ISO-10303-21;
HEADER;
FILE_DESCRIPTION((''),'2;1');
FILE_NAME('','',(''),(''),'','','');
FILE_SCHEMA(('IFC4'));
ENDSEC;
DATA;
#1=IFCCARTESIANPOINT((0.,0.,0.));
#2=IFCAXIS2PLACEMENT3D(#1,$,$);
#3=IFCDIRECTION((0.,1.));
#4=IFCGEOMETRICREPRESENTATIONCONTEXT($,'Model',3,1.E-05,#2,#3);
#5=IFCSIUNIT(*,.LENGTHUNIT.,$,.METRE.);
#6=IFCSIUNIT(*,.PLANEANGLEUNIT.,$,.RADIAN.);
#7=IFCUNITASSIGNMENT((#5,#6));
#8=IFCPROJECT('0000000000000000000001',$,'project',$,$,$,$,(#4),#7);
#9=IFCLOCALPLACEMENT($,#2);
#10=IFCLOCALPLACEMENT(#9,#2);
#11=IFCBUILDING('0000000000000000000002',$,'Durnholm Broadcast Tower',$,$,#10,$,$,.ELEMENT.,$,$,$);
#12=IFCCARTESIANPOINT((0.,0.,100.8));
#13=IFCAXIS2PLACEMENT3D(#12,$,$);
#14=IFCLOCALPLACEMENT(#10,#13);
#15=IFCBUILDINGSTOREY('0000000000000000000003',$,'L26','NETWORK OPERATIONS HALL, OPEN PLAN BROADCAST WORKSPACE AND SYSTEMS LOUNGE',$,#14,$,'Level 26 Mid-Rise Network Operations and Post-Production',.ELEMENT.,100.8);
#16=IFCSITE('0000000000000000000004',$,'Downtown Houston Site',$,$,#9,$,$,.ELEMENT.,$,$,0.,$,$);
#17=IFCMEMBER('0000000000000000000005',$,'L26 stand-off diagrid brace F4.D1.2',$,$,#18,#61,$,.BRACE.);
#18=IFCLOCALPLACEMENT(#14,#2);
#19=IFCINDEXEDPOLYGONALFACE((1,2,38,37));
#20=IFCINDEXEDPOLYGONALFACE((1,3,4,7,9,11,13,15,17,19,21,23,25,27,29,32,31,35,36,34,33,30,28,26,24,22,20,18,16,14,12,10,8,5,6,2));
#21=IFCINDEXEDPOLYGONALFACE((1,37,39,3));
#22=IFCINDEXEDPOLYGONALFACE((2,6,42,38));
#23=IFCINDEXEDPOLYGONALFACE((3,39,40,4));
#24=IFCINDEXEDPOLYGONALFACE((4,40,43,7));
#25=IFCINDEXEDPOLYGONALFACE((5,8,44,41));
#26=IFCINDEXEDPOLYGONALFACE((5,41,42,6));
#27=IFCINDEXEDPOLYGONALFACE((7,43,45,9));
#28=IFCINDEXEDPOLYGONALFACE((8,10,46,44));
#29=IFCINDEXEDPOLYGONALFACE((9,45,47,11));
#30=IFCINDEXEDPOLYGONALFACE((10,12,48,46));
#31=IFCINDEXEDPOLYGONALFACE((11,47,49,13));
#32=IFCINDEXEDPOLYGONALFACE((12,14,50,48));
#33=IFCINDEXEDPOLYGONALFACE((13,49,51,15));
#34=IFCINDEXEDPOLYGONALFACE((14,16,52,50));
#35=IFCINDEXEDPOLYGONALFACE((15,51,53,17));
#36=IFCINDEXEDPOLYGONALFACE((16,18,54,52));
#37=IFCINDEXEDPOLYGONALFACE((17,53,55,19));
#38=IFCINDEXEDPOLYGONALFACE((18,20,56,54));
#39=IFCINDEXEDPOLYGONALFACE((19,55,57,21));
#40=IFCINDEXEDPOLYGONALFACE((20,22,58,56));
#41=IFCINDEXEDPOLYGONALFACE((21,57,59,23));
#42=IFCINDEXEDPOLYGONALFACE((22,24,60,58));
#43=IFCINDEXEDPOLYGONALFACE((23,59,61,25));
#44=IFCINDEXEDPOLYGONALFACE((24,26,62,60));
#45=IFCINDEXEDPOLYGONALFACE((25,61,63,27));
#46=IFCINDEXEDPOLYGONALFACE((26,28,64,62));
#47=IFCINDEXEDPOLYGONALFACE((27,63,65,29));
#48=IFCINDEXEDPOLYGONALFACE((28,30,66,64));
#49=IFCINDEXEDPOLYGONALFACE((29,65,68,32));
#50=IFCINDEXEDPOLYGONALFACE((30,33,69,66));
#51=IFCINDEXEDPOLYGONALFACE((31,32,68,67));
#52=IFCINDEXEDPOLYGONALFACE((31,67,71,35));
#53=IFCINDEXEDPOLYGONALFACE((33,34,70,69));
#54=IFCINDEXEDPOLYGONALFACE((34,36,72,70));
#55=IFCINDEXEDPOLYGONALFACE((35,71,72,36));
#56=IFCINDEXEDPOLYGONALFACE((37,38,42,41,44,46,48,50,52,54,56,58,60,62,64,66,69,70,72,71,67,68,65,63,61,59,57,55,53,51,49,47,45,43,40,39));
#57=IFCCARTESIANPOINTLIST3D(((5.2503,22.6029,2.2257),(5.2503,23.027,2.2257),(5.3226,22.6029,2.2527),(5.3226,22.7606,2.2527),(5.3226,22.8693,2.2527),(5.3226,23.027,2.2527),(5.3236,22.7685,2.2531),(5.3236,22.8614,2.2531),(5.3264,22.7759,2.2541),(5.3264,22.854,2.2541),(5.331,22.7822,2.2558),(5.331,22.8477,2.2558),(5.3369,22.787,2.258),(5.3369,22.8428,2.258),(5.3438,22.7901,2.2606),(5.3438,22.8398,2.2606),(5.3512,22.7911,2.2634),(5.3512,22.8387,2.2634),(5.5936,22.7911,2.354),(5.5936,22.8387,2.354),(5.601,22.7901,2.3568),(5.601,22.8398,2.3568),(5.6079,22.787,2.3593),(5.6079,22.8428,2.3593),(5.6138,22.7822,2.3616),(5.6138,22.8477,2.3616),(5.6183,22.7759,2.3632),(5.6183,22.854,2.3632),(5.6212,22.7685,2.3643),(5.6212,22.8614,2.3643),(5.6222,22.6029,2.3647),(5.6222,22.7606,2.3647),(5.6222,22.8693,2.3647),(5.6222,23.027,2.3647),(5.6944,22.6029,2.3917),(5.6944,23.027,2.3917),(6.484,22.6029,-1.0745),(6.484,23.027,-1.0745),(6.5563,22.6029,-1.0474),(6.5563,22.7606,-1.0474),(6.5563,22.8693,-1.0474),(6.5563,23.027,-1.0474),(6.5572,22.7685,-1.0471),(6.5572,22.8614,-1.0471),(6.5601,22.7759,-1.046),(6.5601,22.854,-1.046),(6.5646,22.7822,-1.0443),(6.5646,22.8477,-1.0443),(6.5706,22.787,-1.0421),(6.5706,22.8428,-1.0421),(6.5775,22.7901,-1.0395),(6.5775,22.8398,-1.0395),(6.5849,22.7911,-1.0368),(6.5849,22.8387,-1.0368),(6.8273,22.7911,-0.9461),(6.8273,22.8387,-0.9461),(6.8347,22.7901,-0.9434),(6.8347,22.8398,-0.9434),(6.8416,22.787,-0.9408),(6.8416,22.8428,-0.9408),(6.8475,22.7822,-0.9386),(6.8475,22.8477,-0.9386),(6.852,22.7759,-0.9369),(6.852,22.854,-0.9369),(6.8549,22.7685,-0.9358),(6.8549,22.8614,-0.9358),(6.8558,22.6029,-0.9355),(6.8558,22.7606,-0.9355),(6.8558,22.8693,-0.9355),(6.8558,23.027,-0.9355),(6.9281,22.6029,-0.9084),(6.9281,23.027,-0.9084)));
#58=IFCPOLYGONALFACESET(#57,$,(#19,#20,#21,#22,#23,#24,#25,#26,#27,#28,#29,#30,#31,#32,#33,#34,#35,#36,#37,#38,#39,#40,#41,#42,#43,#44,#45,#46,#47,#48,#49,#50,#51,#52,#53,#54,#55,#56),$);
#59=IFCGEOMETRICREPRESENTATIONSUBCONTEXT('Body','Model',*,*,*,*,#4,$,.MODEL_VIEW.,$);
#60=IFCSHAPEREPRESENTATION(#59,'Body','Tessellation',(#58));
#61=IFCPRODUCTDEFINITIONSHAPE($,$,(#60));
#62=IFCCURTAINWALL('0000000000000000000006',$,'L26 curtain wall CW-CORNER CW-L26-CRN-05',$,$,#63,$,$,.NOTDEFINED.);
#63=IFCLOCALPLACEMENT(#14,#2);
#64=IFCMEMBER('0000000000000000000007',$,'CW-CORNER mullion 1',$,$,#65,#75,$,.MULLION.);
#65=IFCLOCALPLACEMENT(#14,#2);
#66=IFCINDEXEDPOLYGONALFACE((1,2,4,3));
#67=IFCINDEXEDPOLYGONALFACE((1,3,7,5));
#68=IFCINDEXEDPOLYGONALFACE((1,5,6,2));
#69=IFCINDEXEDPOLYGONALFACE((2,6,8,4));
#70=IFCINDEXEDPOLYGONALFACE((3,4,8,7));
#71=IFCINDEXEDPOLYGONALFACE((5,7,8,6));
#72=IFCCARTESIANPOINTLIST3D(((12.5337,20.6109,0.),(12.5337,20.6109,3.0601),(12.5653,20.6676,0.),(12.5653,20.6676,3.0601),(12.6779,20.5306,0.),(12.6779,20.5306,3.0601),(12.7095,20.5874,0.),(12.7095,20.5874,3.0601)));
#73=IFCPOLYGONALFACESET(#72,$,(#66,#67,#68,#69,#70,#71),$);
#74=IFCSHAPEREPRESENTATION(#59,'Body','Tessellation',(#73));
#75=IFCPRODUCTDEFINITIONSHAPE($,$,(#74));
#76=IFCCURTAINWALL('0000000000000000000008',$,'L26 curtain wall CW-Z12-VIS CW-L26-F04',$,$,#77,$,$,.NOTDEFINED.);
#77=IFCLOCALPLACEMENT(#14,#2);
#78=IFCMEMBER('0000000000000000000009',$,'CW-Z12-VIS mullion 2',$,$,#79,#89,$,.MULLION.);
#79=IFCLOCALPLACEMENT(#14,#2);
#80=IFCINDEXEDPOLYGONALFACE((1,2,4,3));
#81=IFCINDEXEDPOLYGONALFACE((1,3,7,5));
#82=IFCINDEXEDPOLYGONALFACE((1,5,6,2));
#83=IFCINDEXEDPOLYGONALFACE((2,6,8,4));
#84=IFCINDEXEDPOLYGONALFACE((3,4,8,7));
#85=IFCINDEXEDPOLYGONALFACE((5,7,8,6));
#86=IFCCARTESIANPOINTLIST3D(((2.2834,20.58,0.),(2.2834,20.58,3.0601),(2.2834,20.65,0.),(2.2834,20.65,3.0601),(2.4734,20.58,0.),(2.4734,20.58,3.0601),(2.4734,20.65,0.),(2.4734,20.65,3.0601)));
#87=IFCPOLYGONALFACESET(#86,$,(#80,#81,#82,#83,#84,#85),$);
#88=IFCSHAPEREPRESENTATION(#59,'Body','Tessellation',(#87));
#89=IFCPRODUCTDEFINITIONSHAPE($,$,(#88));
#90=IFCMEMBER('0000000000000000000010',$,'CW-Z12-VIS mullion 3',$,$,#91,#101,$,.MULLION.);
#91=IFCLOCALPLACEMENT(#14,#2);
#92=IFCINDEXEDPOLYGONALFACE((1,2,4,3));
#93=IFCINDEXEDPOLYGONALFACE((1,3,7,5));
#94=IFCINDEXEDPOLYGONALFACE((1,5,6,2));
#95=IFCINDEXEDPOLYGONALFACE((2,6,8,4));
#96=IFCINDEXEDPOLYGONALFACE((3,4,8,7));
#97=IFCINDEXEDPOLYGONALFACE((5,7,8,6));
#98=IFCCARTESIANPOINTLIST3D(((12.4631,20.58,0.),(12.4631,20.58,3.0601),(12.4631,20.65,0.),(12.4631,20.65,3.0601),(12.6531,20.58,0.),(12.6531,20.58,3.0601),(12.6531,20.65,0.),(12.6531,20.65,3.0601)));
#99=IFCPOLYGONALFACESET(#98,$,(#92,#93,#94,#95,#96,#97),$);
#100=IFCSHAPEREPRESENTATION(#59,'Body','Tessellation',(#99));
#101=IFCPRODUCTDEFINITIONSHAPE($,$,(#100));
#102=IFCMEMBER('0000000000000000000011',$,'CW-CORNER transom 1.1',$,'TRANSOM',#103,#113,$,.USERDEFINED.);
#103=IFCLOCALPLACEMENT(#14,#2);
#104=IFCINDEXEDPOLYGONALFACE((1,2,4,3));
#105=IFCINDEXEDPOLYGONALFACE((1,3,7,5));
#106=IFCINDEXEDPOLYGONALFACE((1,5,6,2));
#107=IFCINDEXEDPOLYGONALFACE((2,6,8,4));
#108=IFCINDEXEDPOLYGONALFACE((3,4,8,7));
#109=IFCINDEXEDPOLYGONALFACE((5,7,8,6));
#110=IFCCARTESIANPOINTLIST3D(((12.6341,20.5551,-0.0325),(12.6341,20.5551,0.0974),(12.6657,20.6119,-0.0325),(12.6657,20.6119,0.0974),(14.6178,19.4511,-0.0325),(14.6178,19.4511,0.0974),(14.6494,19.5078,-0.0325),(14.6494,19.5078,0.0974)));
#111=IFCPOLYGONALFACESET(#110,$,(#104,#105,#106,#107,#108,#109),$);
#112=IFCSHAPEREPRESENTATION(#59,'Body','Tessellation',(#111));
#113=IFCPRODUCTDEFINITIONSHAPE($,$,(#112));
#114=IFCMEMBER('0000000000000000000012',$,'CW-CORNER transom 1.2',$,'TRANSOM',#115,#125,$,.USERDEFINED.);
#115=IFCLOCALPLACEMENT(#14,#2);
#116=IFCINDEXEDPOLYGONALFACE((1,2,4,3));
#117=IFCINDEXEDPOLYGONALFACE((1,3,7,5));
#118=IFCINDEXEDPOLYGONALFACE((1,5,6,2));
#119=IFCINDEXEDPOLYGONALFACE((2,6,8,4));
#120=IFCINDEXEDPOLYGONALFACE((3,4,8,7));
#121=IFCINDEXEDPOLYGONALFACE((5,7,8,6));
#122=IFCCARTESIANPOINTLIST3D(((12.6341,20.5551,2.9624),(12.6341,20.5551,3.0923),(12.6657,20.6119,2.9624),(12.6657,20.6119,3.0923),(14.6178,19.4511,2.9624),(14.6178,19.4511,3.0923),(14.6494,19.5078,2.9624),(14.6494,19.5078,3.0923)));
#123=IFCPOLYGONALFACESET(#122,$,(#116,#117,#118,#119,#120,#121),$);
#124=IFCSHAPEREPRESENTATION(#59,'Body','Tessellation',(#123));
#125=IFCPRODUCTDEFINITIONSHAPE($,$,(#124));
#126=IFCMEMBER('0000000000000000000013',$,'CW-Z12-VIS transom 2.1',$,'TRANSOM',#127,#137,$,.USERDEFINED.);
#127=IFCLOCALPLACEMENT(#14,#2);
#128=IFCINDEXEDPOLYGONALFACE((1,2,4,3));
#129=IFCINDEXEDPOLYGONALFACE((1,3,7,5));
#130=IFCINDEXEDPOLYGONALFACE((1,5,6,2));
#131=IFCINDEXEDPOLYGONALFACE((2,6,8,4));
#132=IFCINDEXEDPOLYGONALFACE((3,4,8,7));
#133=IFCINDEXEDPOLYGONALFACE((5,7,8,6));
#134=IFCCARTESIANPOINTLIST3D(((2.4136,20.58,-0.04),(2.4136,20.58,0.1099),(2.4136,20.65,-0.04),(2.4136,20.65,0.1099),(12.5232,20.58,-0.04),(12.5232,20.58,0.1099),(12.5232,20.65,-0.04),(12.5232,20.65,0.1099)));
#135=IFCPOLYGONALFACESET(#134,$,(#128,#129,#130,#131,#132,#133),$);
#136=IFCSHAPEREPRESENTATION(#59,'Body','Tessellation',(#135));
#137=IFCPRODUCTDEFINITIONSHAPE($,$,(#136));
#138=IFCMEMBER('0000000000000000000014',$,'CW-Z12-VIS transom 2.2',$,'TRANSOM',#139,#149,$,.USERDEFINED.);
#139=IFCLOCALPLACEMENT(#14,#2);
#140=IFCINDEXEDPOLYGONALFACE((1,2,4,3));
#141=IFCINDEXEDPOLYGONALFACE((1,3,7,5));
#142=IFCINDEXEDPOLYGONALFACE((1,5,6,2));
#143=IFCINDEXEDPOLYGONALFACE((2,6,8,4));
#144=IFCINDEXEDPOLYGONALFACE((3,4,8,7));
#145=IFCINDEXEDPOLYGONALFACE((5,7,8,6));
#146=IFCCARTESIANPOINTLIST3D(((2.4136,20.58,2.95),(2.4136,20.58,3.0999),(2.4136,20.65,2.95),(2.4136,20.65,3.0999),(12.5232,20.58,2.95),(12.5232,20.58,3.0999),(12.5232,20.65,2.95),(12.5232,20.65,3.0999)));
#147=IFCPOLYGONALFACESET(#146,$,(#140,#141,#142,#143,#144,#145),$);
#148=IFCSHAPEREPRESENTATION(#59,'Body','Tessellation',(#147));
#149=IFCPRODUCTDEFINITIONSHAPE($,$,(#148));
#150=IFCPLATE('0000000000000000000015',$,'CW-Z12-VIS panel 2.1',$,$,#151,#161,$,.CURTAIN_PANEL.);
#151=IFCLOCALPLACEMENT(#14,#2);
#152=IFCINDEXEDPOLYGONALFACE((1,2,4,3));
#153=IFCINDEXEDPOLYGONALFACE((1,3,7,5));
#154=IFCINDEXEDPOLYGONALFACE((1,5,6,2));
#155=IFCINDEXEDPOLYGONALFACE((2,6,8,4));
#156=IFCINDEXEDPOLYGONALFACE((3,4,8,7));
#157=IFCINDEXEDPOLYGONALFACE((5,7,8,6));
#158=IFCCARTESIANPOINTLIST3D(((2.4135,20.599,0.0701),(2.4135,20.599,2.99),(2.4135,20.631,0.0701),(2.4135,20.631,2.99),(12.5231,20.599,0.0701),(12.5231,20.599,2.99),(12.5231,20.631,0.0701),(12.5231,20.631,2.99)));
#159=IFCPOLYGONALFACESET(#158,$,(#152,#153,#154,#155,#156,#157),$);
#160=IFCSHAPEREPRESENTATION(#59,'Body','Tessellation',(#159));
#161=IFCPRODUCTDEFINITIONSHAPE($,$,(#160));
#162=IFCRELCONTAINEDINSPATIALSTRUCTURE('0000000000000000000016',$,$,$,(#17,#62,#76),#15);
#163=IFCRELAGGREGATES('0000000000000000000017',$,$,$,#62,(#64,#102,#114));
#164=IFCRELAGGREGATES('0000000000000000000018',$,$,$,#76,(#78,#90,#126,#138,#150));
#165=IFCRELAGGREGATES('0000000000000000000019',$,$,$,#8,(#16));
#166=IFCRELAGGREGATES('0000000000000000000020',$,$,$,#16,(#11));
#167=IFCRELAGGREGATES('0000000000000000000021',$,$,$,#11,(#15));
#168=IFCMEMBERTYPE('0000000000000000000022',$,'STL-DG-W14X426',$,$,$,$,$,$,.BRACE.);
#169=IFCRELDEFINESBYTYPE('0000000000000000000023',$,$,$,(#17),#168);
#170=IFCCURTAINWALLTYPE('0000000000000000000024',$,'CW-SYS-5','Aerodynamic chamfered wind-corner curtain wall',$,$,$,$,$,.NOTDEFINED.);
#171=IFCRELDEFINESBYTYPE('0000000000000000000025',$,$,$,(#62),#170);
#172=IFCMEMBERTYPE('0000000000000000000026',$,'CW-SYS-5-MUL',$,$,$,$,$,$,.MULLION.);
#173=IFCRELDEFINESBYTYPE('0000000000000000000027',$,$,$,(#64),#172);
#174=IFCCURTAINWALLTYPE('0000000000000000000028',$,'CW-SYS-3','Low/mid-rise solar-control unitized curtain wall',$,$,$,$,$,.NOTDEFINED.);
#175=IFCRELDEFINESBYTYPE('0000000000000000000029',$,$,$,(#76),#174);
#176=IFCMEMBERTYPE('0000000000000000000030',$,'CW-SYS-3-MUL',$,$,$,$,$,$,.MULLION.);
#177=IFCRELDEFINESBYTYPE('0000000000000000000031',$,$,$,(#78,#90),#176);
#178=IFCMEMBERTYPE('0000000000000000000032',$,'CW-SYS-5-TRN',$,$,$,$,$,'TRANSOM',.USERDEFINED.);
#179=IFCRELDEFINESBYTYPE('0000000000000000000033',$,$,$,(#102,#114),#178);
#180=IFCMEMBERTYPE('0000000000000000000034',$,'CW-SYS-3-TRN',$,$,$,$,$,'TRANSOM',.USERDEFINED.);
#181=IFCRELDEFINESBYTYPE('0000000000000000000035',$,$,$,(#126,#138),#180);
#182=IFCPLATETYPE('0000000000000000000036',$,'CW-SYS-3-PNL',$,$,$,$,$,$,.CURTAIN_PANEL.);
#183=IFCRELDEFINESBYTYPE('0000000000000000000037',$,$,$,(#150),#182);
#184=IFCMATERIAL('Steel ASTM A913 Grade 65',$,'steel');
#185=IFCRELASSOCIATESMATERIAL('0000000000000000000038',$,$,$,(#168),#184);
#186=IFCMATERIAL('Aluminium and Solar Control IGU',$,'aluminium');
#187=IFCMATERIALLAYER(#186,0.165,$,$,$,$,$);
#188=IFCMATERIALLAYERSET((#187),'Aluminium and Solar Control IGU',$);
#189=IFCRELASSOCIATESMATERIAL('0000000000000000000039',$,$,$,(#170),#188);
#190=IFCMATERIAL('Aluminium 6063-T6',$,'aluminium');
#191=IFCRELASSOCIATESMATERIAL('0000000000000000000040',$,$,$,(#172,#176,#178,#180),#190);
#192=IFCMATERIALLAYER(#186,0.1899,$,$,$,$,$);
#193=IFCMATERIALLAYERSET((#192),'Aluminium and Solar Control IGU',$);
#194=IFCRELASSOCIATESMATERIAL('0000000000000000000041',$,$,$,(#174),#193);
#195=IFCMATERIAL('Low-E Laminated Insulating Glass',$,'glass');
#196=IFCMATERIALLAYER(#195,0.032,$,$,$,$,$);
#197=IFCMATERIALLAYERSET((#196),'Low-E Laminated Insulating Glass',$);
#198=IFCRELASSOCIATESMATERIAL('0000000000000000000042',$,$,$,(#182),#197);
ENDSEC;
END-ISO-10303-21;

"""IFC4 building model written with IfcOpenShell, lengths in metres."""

from ifc_helpers import new_model, si_unit, direction, frame, origin, origin_2d, place, context, subcontext, project, spatial, rectangle, i_section, extrude, source, transform, mapped, material, layer, layer_set, material_profile, profile_set, type_object, type_shapes, element, aggregate, save


model = new_model("IFC4")

# Units and contexts
model_context = context("Model", 3, precision=1e-05, world=origin(), true_north=direction((0.0, 1.0)))
body_context = subcontext(model_context, "Body", "Model", "MODEL_VIEW")
ifc_project = project(units=[si_unit("LENGTHUNIT", "METRE"), si_unit("PLANEANGLEUNIT", "RADIAN")], contexts=[model_context])

# Site, building, storey
site_placement = place(None, origin())
site = spatial("IfcSite", under=ifc_project, at=site_placement, Name="Downtown Houston Site", CompositionType="ELEMENT", RefElevation=0.0)
building_placement = place(site_placement, origin())
building = spatial("IfcBuilding", under=site, at=building_placement, Name="Durnholm Broadcast Tower", CompositionType="ELEMENT")
storey_placement = place(building_placement, frame((0.0, 0.0, 100.8)))
storey = spatial("IfcBuildingStorey", under=building, at=storey_placement, Name="L26", Description="NETWORK OPERATIONS HALL, OPEN PLAN BROADCAST WORKSPACE AND SYSTEMS LOUNGE", LongName="Level 26 Mid-Rise Network Operations and Post-Production", CompositionType="ELEMENT", Elevation=100.8)

# Member
ifc_material_1 = material(Name="Steel ASTM A913 Grade 65", Category="steel")
ifc_material_profile_1 = material_profile(ifc_material_1, i_section(OverallWidth=0.4241, OverallDepth=0.4741, WebThickness=0.0476, FlangeThickness=0.0771, FilletRadius=0.0305, at=origin_2d()), Name="W14X426")
ifc_profile_set_1 = profile_set([ifc_material_profile_1], Name="Steel ASTM A913 Grade 65")
member_type_1 = type_object("IfcMemberType", Name="STL-DG-W14X426", PredefinedType="BRACE", material=ifc_profile_set_1)
shared_shape_1 = source(origin(), body_context, "Body", "SweptSolid", [
    extrude(i_section(OverallWidth=0.4241, OverallDepth=0.4741, WebThickness=0.0476, FlangeThickness=0.0771, FilletRadius=0.0305, at=origin_2d()), origin(), (0.0, 0.0, 1.0), 3.5232),
])
type_shapes(member_type_1, [shared_shape_1])
for number, where, z_axis, x_axis, name in (
    (1, (6.7061, 22.8149, -0.9915), (-0.350159, 0.0, 0.93669), (0.0, -1.0, 0.0), "L26 stand-off diagrid brace F4.D1.2"),
):
    element("IfcMember", number, at=place(storey_placement, frame(where, z_axis=z_axis, x_axis=x_axis)), inside=storey, type_object=member_type_1, Name=name, PredefinedType="BRACE", context=body_context, shape_type="MappedRepresentation", body=[
        mapped(shared_shape_1, transform((0.0, 0.0, 0.0), x_axis=(1.0, 0.0, 0.0), y_axis=(0.0, 1.0, 0.0), z_axis=(0.0, 0.0, 1.0), scale=1.0)),
    ])

# Curtain wall, member
ifc_material_2 = material(Name="Aluminium and Solar Control IGU", Category="aluminium")
ifc_layer_1 = layer(ifc_material_2, 0.165)
ifc_layer_set_1 = layer_set([ifc_layer_1], Name="Aluminium and Solar Control IGU")
curtain_wall_type_1 = type_object("IfcCurtainWallType", Name="CW-SYS-5", Description="Aerodynamic chamfered wind-corner curtain wall", PredefinedType="NOTDEFINED", material=ifc_layer_set_1)
curtain_wall_1_placement = place(storey_placement, origin())
curtain_wall_1 = element("IfcCurtainWall", 2, at=curtain_wall_1_placement, inside=storey, type_object=curtain_wall_type_1, Name="L26 curtain wall CW-CORNER CW-L26-CRN-05", PredefinedType="NOTDEFINED")
ifc_material_3 = material(Name="Aluminium 6063-T6", Category="aluminium")
ifc_material_profile_2 = material_profile(ifc_material_3, rectangle(XDim=0.0649, YDim=0.165, at=origin_2d()), Name="CWM65X165")
ifc_profile_set_2 = profile_set([ifc_material_profile_2], Name="Aluminium 6063-T6")
member_type_2 = type_object("IfcMemberType", Name="CW-SYS-5-MUL", PredefinedType="MULLION", material=ifc_profile_set_2)
shared_shape_2 = source(origin(), body_context, "Body", "SweptSolid", [
    extrude(rectangle(XDim=0.0649, YDim=0.165, at=origin_2d()), origin(), (0.0, 0.0, 1.0), 3.0601),
])
type_shapes(member_type_2, [shared_shape_2])
member_1_placement = place(storey_placement, frame((12.6216, 20.5991, 0.0), z_axis=(0.0, 0.0, 1.0), x_axis=(0.486244, 0.873823, 0.0)))
member_1 = element("IfcMember", 3, at=member_1_placement, type_object=member_type_2, Name="CW-CORNER mullion 1", PredefinedType="MULLION", context=body_context, shape_type="MappedRepresentation", body=[
    mapped(shared_shape_2, transform((0.0, 0.0, 0.0), x_axis=(1.0, 0.0, 0.0), y_axis=(0.0, 1.0, 0.0), z_axis=(0.0, 0.0, 1.0), scale=1.0)),
])

# Curtain wall, members
ifc_layer_2 = layer(ifc_material_2, 0.1899)
ifc_layer_set_2 = layer_set([ifc_layer_2], Name="Aluminium and Solar Control IGU")
curtain_wall_type_2 = type_object("IfcCurtainWallType", Name="CW-SYS-3", Description="Low/mid-rise solar-control unitized curtain wall", PredefinedType="NOTDEFINED", material=ifc_layer_set_2)
curtain_wall_2_placement = place(storey_placement, origin())
curtain_wall_2 = element("IfcCurtainWall", 4, at=curtain_wall_2_placement, inside=storey, type_object=curtain_wall_type_2, Name="L26 curtain wall CW-Z12-VIS CW-L26-F04", PredefinedType="NOTDEFINED")
ifc_material_profile_3 = material_profile(ifc_material_3, rectangle(XDim=0.0701, YDim=0.1899, at=origin_2d()), Name="CWM70X190")
ifc_profile_set_3 = profile_set([ifc_material_profile_3], Name="Aluminium 6063-T6")
member_type_3 = type_object("IfcMemberType", Name="CW-SYS-3-MUL", PredefinedType="MULLION", material=ifc_profile_set_3)
shared_shape_3 = source(origin(), body_context, "Body", "SweptSolid", [
    extrude(rectangle(XDim=0.0701, YDim=0.1899, at=origin_2d()), origin(), (0.0, 0.0, 1.0), 3.0601),
])
type_shapes(member_type_3, [shared_shape_3])
member_2_placement = place(storey_placement, frame((2.3784, 20.615, 0.0), z_axis=(0.0, 0.0, 1.0), x_axis=(0.0, 1.0, 0.0)))
member_2 = element("IfcMember", 5, at=member_2_placement, type_object=member_type_3, Name="CW-Z12-VIS mullion 2", PredefinedType="MULLION", context=body_context, shape_type="MappedRepresentation", body=[
    mapped(shared_shape_3, transform((0.0, 0.0, 0.0), x_axis=(1.0, 0.0, 0.0), y_axis=(0.0, 1.0, 0.0), z_axis=(0.0, 0.0, 1.0), scale=1.0)),
])
member_3_placement = place(storey_placement, frame((12.5581, 20.615, 0.0), z_axis=(0.0, 0.0, 1.0), x_axis=(0.0, 1.0, 0.0)))
member_3 = element("IfcMember", 6, at=member_3_placement, type_object=member_type_3, Name="CW-Z12-VIS mullion 3", PredefinedType="MULLION", context=body_context, shape_type="MappedRepresentation", body=[
    mapped(shared_shape_3, transform((0.0, 0.0, 0.0), x_axis=(1.0, 0.0, 0.0), y_axis=(0.0, 1.0, 0.0), z_axis=(0.0, 0.0, 1.0), scale=1.0)),
])

# Members
ifc_material_profile_4 = material_profile(ifc_material_3, rectangle(XDim=0.0649, YDim=0.1299, at=origin_2d()), Name="CWT65X130")
ifc_profile_set_4 = profile_set([ifc_material_profile_4], Name="Aluminium 6063-T6")
member_type_4 = type_object("IfcMemberType", Name="CW-SYS-5-TRN", ElementType="TRANSOM", PredefinedType="USERDEFINED", material=ifc_profile_set_4)
shared_shape_4 = source(origin(), body_context, "Body", "SweptSolid", [
    extrude(rectangle(XDim=0.0649, YDim=0.1299, at=origin_2d()), origin(), (0.0, 0.0, 1.0), 2.2703),
])
type_shapes(member_type_4, [shared_shape_4])
member_4_placement = place(storey_placement, frame((12.6499, 20.5835, 0.0325), z_axis=(0.873787, -0.486309, 0.0), x_axis=(0.486309, 0.873787, 0.0)))
member_4 = element("IfcMember", 7, at=member_4_placement, type_object=member_type_4, Name="CW-CORNER transom 1.1", ObjectType="TRANSOM", PredefinedType="USERDEFINED", context=body_context, shape_type="MappedRepresentation", body=[
    mapped(shared_shape_4, transform((0.0, 0.0, 0.0), x_axis=(1.0, 0.0, 0.0), y_axis=(0.0, 1.0, 0.0), z_axis=(0.0, 0.0, 1.0), scale=1.0)),
])
member_5_placement = place(storey_placement, frame((12.6499, 20.5835, 3.0273), z_axis=(0.873787, -0.486309, 0.0), x_axis=(0.486309, 0.873787, 0.0)))
member_5 = element("IfcMember", 8, at=member_5_placement, type_object=member_type_4, Name="CW-CORNER transom 1.2", ObjectType="TRANSOM", PredefinedType="USERDEFINED", context=body_context, shape_type="MappedRepresentation", body=[
    mapped(shared_shape_4, transform((0.0, 0.0, 0.0), x_axis=(1.0, 0.0, 0.0), y_axis=(0.0, 1.0, 0.0), z_axis=(0.0, 0.0, 1.0), scale=1.0)),
])
aggregate(curtain_wall_1, [member_1, member_4, member_5])
ifc_material_profile_5 = material_profile(ifc_material_3, rectangle(XDim=0.0701, YDim=0.1499, at=origin_2d()), Name="CWT70X150")
ifc_profile_set_5 = profile_set([ifc_material_profile_5], Name="Aluminium 6063-T6")
member_type_5 = type_object("IfcMemberType", Name="CW-SYS-3-TRN", ElementType="TRANSOM", PredefinedType="USERDEFINED", material=ifc_profile_set_5)
shared_shape_5 = source(origin(), body_context, "Body", "SweptSolid", [
    extrude(rectangle(XDim=0.0701, YDim=0.1499, at=origin_2d()), origin(), (0.0, 0.0, 1.0), 10.1096),
])
type_shapes(member_type_5, [shared_shape_5])
member_6_placement = place(storey_placement, frame((2.4136, 20.615, 0.0349), z_axis=(1.0, 0.0, 0.0), x_axis=(0.0, 1.0, 0.0)))
member_6 = element("IfcMember", 9, at=member_6_placement, type_object=member_type_5, Name="CW-Z12-VIS transom 2.1", ObjectType="TRANSOM", PredefinedType="USERDEFINED", context=body_context, shape_type="MappedRepresentation", body=[
    mapped(shared_shape_5, transform((0.0, 0.0, 0.0), x_axis=(1.0, 0.0, 0.0), y_axis=(0.0, 1.0, 0.0), z_axis=(0.0, 0.0, 1.0), scale=1.0)),
])
member_7_placement = place(storey_placement, frame((2.4136, 20.615, 3.0249), z_axis=(1.0, 0.0, 0.0), x_axis=(0.0, 1.0, 0.0)))
member_7 = element("IfcMember", 10, at=member_7_placement, type_object=member_type_5, Name="CW-Z12-VIS transom 2.2", ObjectType="TRANSOM", PredefinedType="USERDEFINED", context=body_context, shape_type="MappedRepresentation", body=[
    mapped(shared_shape_5, transform((0.0, 0.0, 0.0), x_axis=(1.0, 0.0, 0.0), y_axis=(0.0, 1.0, 0.0), z_axis=(0.0, 0.0, 1.0), scale=1.0)),
])

# Plate
ifc_material_4 = material(Name="Low-E Laminated Insulating Glass", Category="glass")
ifc_layer_3 = layer(ifc_material_4, 0.032)
ifc_layer_set_3 = layer_set([ifc_layer_3], Name="Low-E Laminated Insulating Glass")
plate_type = type_object("IfcPlateType", Name="CW-SYS-3-PNL", PredefinedType="CURTAIN_PANEL", material=ifc_layer_set_3)
shared_shape_6 = source(origin(), body_context, "Body", "SweptSolid", [
    extrude(rectangle(XDim=10.1096, YDim=0.032, at=origin_2d()), origin(), (0.0, 0.0, 1.0), 2.9199),
])
type_shapes(plate_type, [shared_shape_6])
plate_placement = place(storey_placement, frame((7.4683, 20.615, 0.0701), z_axis=(0.0, 0.0, 1.0), x_axis=(1.0, 0.0, 0.0)))
plate = element("IfcPlate", 11, at=plate_placement, type_object=plate_type, Name="CW-Z12-VIS panel 2.1", PredefinedType="CURTAIN_PANEL", context=body_context, shape_type="MappedRepresentation", body=[
    mapped(shared_shape_6, transform((0.0, 0.0, 0.0), x_axis=(1.0, 0.0, 0.0), y_axis=(0.0, 1.0, 0.0), z_axis=(0.0, 0.0, 1.0), scale=1.0)),
])
aggregate(curtain_wall_2, [member_2, member_3, member_6, member_7, plate])

save(model, "model.ifc")
